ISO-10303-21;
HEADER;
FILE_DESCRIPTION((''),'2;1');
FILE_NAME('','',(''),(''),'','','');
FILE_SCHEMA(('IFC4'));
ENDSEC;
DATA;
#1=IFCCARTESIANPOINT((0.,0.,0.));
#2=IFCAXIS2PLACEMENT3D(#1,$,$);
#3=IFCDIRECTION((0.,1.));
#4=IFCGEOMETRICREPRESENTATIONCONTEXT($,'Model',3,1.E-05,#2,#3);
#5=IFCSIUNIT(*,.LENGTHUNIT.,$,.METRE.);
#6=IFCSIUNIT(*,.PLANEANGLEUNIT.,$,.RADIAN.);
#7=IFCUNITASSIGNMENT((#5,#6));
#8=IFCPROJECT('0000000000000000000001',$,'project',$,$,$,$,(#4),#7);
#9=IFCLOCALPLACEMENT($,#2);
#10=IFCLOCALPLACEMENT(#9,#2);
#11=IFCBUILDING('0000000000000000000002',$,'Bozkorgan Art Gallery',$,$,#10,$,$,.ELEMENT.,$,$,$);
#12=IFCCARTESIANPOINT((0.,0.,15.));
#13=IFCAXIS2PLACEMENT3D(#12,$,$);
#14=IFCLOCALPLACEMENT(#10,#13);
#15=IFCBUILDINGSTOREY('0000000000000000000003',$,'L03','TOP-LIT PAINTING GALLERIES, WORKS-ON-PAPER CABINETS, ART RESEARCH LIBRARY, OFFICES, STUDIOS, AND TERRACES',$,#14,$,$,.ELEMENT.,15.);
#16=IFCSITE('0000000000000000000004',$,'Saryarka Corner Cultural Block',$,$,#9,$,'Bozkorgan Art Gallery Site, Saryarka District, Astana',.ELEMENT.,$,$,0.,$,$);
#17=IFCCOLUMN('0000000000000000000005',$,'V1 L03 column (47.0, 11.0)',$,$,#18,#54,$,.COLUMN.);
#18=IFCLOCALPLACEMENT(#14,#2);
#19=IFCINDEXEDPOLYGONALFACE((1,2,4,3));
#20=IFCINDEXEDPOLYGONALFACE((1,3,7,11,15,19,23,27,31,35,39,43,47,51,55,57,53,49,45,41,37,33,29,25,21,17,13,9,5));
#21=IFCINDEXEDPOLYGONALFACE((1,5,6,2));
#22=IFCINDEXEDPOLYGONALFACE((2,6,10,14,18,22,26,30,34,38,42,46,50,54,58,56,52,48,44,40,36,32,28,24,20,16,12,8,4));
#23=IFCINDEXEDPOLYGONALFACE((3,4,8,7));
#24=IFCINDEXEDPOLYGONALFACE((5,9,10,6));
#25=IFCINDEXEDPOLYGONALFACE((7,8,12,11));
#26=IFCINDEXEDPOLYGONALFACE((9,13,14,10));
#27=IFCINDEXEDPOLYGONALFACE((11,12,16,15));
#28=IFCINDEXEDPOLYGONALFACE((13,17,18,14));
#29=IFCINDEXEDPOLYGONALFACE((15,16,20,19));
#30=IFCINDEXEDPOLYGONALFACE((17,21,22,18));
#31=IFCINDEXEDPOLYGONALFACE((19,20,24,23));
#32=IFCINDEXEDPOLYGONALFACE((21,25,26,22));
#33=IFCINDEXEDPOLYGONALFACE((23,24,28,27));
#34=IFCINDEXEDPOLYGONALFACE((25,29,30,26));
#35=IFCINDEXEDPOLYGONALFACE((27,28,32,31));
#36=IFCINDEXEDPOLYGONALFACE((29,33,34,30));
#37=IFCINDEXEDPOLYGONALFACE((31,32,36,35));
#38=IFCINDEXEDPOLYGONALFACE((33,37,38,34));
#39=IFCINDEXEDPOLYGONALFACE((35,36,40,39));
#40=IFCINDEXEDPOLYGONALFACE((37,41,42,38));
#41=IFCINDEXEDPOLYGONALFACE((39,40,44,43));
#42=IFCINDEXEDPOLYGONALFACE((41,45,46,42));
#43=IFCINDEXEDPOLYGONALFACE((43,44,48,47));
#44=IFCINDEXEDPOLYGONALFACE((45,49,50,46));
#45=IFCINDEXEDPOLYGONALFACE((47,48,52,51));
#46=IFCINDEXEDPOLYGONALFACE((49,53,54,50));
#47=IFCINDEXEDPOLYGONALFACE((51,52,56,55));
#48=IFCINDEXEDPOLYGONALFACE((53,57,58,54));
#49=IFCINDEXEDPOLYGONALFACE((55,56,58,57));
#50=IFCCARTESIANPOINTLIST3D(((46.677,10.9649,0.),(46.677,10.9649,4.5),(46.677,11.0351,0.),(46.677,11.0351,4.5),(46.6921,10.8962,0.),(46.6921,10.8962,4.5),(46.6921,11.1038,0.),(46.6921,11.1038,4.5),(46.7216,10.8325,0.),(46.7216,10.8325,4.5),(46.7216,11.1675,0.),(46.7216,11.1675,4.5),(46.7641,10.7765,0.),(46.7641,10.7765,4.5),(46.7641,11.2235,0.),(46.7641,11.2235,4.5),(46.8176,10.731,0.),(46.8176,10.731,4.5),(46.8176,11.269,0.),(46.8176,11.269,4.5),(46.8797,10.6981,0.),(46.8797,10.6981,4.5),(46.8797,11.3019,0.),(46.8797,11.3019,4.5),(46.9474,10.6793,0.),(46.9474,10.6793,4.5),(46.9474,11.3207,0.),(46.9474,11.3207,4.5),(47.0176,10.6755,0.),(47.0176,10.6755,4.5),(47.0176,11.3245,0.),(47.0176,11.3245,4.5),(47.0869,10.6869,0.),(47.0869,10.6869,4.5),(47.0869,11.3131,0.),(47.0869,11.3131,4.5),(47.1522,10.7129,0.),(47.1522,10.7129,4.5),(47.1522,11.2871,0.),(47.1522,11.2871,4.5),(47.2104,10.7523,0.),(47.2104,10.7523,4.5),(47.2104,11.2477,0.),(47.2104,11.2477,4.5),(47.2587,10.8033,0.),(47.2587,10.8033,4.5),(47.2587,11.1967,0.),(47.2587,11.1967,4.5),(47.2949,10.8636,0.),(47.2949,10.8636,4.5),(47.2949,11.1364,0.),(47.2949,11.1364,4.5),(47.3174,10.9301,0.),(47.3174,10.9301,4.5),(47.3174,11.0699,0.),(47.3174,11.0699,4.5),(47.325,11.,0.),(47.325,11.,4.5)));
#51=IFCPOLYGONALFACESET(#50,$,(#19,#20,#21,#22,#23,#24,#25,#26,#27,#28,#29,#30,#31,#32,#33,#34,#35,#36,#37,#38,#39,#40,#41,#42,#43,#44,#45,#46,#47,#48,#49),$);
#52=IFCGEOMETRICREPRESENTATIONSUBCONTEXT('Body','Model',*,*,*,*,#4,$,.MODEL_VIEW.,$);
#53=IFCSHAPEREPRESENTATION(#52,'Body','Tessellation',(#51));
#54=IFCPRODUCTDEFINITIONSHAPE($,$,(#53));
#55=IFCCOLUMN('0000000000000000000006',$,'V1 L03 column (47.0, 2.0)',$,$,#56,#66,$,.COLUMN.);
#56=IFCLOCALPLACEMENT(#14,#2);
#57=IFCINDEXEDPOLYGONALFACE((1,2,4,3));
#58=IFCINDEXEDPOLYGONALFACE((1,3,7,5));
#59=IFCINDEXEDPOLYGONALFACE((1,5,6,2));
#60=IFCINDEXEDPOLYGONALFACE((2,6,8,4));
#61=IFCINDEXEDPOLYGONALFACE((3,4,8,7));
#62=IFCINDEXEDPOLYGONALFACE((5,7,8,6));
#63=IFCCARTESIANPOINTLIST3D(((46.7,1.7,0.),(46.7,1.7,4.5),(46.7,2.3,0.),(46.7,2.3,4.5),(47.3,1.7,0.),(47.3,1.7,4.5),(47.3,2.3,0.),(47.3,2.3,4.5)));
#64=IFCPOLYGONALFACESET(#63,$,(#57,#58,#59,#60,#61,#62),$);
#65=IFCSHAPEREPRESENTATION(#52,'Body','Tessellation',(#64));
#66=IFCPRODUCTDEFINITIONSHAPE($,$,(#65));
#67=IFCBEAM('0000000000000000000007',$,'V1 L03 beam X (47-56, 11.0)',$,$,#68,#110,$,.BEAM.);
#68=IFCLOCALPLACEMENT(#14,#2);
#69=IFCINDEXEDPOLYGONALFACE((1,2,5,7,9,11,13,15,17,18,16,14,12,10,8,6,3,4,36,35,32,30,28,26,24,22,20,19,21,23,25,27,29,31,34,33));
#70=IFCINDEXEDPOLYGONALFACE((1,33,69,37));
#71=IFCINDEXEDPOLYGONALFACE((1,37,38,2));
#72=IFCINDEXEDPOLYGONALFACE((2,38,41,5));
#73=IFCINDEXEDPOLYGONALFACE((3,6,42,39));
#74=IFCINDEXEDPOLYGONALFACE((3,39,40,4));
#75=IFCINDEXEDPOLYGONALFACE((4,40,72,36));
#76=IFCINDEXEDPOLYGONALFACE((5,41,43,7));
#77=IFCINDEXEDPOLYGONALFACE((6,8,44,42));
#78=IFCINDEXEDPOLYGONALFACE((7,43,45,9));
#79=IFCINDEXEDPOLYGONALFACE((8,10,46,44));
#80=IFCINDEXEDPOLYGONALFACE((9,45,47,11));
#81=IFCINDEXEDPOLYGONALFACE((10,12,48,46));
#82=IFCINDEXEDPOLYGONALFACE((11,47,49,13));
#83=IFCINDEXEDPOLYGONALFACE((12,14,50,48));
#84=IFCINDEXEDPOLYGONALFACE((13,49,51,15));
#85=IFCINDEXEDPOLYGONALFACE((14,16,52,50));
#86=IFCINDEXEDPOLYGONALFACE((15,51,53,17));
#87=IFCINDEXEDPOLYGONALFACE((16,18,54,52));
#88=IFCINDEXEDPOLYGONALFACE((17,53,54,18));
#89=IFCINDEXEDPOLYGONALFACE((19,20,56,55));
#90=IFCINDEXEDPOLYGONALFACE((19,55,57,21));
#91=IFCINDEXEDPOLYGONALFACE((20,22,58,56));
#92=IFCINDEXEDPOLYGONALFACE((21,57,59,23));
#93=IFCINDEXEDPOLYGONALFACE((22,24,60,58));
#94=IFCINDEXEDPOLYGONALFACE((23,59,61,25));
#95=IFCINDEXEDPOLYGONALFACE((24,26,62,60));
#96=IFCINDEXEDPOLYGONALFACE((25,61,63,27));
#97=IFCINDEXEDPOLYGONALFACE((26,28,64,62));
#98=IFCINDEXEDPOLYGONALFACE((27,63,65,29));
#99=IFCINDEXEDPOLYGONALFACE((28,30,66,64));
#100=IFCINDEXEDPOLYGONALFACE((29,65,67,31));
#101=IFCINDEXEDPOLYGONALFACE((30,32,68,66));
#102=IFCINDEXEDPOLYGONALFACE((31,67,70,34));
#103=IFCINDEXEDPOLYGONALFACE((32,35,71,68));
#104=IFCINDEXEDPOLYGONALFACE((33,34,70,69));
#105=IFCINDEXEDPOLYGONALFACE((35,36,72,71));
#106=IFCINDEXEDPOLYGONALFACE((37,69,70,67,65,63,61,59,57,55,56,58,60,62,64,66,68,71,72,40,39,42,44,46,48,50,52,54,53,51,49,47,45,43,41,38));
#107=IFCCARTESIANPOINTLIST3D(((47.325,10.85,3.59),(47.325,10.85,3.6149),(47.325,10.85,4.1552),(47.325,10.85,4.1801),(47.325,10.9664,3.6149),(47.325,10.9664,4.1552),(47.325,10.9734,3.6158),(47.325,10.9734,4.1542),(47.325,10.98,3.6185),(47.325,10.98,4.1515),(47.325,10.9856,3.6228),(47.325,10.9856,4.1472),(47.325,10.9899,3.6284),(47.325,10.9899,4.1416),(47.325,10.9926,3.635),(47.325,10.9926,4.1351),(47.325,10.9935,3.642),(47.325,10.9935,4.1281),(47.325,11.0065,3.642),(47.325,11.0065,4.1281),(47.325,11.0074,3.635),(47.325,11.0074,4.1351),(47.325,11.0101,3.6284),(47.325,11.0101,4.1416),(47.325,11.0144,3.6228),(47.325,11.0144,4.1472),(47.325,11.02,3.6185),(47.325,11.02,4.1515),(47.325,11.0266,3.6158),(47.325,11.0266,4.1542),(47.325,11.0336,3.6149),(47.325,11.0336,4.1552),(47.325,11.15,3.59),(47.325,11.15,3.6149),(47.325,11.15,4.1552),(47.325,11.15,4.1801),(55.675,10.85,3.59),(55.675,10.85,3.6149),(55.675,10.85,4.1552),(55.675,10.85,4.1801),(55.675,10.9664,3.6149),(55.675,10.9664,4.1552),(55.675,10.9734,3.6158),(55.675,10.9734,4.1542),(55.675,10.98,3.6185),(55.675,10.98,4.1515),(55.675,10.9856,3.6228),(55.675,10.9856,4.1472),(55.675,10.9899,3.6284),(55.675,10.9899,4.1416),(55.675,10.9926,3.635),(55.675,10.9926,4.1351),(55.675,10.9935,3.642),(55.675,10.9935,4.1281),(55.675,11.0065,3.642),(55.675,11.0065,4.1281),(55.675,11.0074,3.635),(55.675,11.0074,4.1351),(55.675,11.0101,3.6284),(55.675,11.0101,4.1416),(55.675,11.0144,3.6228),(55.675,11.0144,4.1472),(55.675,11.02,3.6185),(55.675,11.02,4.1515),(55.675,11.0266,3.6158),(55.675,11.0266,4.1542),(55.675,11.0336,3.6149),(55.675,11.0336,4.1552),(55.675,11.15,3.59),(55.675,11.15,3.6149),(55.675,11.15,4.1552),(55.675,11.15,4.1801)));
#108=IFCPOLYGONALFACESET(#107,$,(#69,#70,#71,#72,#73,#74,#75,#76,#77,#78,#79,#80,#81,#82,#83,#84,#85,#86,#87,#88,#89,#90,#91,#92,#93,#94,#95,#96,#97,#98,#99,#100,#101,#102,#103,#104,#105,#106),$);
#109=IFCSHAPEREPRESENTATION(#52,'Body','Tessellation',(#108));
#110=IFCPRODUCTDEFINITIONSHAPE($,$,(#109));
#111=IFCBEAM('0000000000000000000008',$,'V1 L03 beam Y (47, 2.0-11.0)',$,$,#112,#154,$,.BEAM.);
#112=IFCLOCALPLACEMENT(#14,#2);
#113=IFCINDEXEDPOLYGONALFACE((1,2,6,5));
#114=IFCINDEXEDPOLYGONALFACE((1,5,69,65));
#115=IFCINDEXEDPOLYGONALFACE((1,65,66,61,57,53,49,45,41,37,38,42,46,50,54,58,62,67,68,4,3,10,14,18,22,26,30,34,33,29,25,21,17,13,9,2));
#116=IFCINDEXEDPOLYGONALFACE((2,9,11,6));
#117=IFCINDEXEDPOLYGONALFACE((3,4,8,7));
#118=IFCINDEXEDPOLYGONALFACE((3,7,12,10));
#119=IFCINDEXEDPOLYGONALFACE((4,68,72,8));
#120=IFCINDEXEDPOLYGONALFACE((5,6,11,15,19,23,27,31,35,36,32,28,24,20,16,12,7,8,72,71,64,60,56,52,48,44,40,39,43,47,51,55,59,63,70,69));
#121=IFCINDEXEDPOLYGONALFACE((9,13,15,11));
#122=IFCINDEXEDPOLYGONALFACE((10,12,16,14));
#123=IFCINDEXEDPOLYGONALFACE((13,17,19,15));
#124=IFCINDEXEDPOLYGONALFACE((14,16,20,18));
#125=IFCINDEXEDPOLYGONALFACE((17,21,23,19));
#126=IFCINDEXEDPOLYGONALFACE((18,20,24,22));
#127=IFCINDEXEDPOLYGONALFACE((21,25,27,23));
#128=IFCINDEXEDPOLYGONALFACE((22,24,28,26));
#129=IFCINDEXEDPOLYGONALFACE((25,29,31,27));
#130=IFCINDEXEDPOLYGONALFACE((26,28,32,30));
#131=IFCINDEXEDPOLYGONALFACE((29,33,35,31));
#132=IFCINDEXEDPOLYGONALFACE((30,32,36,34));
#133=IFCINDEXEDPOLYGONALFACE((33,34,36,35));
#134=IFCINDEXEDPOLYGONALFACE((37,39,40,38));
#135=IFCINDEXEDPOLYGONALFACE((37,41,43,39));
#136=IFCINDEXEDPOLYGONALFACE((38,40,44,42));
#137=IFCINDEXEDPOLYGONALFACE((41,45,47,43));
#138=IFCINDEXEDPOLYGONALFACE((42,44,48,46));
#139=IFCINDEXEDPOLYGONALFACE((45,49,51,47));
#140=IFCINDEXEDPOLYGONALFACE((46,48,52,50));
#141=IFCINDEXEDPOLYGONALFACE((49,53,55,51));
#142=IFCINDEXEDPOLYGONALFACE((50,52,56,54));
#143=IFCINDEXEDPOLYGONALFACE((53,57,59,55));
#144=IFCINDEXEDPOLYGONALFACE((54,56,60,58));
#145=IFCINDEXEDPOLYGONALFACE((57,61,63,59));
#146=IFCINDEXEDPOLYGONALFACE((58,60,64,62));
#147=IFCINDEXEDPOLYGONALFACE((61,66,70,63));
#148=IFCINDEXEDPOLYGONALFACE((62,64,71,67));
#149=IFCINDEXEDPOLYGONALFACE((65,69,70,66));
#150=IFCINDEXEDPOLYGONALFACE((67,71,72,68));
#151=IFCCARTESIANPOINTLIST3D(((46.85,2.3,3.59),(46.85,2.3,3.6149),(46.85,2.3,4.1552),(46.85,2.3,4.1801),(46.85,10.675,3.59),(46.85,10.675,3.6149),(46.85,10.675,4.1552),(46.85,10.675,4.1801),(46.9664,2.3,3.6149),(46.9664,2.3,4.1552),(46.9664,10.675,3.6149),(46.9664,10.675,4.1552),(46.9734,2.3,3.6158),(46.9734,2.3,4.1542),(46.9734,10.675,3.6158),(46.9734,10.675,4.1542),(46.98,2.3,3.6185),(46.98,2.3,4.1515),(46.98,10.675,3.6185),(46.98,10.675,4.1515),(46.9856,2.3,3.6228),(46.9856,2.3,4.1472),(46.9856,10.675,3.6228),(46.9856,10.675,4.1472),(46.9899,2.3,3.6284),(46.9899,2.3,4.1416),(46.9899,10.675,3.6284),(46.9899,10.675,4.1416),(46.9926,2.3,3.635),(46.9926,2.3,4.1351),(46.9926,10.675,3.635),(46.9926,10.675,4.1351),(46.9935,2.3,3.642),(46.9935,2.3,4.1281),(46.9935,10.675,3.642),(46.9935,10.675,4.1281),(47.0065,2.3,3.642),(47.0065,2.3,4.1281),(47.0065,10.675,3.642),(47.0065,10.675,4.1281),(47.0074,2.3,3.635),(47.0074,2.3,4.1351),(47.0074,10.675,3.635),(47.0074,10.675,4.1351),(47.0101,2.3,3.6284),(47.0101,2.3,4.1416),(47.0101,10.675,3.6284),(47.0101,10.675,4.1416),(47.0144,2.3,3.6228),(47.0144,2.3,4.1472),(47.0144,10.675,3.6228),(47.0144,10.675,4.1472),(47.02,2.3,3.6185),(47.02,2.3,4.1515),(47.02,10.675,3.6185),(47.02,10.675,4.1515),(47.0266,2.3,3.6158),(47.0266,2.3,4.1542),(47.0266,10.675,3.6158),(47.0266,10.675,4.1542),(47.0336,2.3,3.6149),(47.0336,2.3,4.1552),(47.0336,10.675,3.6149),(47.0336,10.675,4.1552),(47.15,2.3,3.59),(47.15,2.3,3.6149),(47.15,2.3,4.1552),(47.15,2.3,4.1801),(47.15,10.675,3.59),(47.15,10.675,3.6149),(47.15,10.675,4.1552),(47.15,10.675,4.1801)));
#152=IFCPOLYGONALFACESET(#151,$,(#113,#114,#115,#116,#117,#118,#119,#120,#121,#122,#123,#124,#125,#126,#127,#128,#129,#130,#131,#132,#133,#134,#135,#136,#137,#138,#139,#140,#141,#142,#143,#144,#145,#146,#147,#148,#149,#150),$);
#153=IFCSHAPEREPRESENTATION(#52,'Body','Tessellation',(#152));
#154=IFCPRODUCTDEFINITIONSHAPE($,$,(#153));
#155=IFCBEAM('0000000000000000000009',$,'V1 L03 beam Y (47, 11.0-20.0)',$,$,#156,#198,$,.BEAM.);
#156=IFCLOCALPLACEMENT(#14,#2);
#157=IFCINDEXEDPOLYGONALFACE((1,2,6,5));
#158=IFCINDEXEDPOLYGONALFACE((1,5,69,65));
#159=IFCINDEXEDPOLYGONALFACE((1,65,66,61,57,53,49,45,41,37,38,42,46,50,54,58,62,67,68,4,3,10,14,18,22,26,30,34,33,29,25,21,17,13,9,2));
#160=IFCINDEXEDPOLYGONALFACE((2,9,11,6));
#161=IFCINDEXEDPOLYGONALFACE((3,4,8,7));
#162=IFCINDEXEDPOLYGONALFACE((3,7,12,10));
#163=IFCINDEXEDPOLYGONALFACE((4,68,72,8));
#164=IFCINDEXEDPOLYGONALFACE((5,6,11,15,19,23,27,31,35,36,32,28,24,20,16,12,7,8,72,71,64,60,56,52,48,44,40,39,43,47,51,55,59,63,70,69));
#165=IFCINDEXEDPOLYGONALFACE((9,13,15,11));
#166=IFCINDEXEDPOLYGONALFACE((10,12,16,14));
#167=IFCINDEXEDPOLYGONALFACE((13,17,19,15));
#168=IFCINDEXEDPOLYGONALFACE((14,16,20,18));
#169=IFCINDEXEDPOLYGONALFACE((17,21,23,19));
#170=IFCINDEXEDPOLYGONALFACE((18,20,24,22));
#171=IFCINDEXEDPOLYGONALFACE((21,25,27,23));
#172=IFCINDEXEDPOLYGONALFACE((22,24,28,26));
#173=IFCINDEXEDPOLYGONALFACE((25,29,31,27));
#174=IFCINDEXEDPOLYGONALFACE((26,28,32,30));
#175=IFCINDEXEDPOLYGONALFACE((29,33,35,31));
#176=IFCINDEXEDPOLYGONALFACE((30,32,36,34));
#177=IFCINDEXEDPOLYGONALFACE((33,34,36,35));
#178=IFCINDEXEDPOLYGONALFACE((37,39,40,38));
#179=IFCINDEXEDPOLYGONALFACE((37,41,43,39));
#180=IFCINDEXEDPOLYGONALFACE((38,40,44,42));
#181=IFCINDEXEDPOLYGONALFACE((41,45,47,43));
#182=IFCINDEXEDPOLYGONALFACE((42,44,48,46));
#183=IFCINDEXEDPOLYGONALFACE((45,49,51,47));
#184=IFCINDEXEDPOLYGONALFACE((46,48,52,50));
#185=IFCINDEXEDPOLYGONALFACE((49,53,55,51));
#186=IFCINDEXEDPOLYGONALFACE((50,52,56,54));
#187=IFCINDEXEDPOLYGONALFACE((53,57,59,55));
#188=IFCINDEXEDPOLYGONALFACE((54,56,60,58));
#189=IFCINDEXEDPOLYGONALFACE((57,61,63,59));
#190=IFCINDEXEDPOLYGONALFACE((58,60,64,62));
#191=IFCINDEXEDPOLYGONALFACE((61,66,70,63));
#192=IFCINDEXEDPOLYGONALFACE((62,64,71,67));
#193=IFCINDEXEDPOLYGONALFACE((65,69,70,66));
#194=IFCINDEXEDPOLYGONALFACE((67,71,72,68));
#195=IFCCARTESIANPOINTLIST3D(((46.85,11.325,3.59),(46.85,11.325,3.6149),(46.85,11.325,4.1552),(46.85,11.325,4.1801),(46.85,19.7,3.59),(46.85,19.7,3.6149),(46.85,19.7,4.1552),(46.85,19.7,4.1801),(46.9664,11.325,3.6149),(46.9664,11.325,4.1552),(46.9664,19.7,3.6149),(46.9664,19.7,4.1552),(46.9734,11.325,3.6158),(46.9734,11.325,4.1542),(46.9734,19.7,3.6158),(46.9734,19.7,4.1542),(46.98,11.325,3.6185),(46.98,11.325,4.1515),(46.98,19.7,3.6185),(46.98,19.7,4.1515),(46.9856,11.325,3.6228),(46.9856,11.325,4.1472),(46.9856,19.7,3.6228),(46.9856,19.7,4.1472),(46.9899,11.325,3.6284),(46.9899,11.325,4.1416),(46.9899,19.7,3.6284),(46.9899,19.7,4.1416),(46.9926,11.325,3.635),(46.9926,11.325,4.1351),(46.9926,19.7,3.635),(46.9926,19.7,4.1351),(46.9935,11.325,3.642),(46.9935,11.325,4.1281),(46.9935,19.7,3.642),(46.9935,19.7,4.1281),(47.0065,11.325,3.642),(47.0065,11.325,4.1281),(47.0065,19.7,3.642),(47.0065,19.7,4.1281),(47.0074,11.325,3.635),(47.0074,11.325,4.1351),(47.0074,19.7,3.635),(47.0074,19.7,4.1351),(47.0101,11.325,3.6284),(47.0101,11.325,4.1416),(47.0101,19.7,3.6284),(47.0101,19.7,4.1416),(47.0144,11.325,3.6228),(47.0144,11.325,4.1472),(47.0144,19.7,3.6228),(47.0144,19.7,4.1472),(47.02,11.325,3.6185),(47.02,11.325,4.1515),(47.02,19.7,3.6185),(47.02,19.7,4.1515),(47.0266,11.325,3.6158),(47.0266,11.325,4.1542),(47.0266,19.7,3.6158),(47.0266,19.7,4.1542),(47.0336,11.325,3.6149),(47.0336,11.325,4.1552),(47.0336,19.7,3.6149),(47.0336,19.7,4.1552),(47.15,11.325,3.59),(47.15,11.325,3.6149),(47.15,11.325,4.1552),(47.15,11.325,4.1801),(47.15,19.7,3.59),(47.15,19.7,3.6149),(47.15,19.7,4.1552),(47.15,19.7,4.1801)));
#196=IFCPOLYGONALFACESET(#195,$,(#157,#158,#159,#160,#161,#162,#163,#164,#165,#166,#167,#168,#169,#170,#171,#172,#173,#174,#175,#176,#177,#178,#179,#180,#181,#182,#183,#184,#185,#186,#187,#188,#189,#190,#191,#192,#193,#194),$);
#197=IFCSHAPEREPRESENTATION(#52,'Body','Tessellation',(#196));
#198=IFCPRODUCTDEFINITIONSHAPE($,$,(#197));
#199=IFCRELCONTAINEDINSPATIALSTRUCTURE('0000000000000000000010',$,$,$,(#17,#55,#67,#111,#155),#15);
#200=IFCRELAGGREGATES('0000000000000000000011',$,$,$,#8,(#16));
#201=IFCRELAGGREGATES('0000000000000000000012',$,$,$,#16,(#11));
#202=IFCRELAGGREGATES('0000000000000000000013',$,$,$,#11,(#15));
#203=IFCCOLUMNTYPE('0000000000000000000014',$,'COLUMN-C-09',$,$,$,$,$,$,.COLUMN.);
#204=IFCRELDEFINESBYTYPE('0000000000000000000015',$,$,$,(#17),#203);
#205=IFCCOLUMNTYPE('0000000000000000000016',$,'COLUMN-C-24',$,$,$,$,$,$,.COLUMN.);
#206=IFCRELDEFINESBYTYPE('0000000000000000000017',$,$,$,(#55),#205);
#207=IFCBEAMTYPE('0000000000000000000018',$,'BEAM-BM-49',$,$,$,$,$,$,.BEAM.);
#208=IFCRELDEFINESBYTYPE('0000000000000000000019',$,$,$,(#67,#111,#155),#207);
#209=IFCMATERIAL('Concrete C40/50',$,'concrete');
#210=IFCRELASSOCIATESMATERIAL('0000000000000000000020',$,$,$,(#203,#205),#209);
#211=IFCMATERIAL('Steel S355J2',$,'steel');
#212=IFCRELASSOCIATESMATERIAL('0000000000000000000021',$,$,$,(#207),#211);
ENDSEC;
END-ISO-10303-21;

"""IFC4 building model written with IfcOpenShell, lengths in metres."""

from ifc_helpers import new_model, si_unit, direction, frame, origin, origin_2d, place, context, subcontext, project, spatial, rectangle, circle, i_section, extrude, material, material_profile, profile_set, type_object, element, save


model = new_model("IFC4")

# Units and contexts
model_context = context("Model", 3, precision=1e-05, world=origin(), true_north=direction((0.0, 1.0)))
body_context = subcontext(model_context, "Body", "Model", "MODEL_VIEW")
ifc_project = project(units=[si_unit("LENGTHUNIT", "METRE"), si_unit("PLANEANGLEUNIT", "RADIAN")], contexts=[model_context])

# Site, building, storey
site_placement = place(None, origin())
site = spatial("IfcSite", under=ifc_project, at=site_placement, Name="Saryarka Corner Cultural Block", LongName="Bozkorgan Art Gallery Site, Saryarka District, Astana", CompositionType="ELEMENT", RefElevation=0.0)
building_placement = place(site_placement, origin())
building = spatial("IfcBuilding", under=site, at=building_placement, Name="Bozkorgan Art Gallery", CompositionType="ELEMENT")
storey_placement = place(building_placement, frame((0.0, 0.0, 15.0)))
storey = spatial("IfcBuildingStorey", under=building, at=storey_placement, Name="L03", Description="TOP-LIT PAINTING GALLERIES, WORKS-ON-PAPER CABINETS, ART RESEARCH LIBRARY, OFFICES, STUDIOS, AND TERRACES", CompositionType="ELEMENT", Elevation=15.0)

# Columns
ifc_material_1 = material(Name="Concrete C40/50", Category="concrete")
ifc_material_profile_1 = material_profile(ifc_material_1, circle(Radius=0.325, at=origin_2d()), Name="RC D650")
ifc_profile_set_1 = profile_set([ifc_material_profile_1], Name="Concrete C40/50")
column_type_1 = type_object("IfcColumnType", Name="COLUMN-C-09", PredefinedType="COLUMN", material=ifc_profile_set_1)
column_1_placement = place(storey_placement, frame((47.0, 11.0, 0.0), z_axis=(0.0, 0.0, 1.0), x_axis=(1.0, 0.0, 0.0)))
element("IfcColumn", 1, at=column_1_placement, inside=storey, type_object=column_type_1, Name="V1 L03 column (47.0, 11.0)", PredefinedType="COLUMN", context=body_context, shape_type="SweptSolid", body=[
    extrude(circle(Radius=0.325, at=origin_2d()), origin(), (0.0, 0.0, 1.0), 4.5),
])
ifc_material_profile_2 = material_profile(ifc_material_1, rectangle(XDim=0.6001, YDim=0.6001, at=origin_2d()), Name="RC 600x600")
ifc_profile_set_2 = profile_set([ifc_material_profile_2], Name="Concrete C40/50")
column_type_2 = type_object("IfcColumnType", Name="COLUMN-C-24", PredefinedType="COLUMN", material=ifc_profile_set_2)
column_2_placement = place(storey_placement, frame((47.0, 2.0, 0.0), z_axis=(0.0, 0.0, 1.0), x_axis=(1.0, 0.0, 0.0)))
element("IfcColumn", 2, at=column_2_placement, inside=storey, type_object=column_type_2, Name="V1 L03 column (47.0, 2.0)", PredefinedType="COLUMN", context=body_context, shape_type="SweptSolid", body=[
    extrude(rectangle(XDim=0.6001, YDim=0.6001, at=origin_2d()), origin(), (0.0, 0.0, 1.0), 4.5),
])

# Beams
ifc_material_2 = material(Name="Steel S355J2", Category="steel")
ifc_material_profile_3 = material_profile(ifc_material_2, i_section(OverallWidth=0.3, OverallDepth=0.5901, WebThickness=0.0129, FlangeThickness=0.0249, FilletRadius=0.0271, at=origin_2d()), Name="HEA 600")
ifc_profile_set_3 = profile_set([ifc_material_profile_3], Name="Steel S355J2")
beam_type_1 = type_object("IfcBeamType", Name="BEAM-BM-49", PredefinedType="BEAM", material=ifc_profile_set_3)
beam_1_placement = place(storey_placement, frame((47.325, 11.0, 3.885), z_axis=(1.0, 0.0, 0.0), x_axis=(0.0, 1.0, 0.0)))
element("IfcBeam", 3, at=beam_1_placement, inside=storey, type_object=beam_type_1, Name="V1 L03 beam X (47-56, 11.0)", PredefinedType="BEAM", context=body_context, shape_type="SweptSolid", body=[
    extrude(i_section(OverallWidth=0.3, OverallDepth=0.5901, WebThickness=0.0129, FlangeThickness=0.0249, FilletRadius=0.0271, at=origin_2d()), origin(), (0.0, 0.0, 1.0), 8.3501),
])
for number, where, z_axis, x_axis, name in (
    (4, (47.0, 2.3, 3.885), (0.0, 1.0, 0.0), (-1.0, 0.0, 0.0), "V1 L03 beam Y (47, 2.0-11.0)"),
    (5, (47.0, 11.325, 3.885), (0.0, 1.0, 0.0), (-1.0, 0.0, 0.0), "V1 L03 beam Y (47, 11.0-20.0)"),
):
    element("IfcBeam", number, at=place(storey_placement, frame(where, z_axis=z_axis, x_axis=x_axis)), inside=storey, type_object=beam_type_1, Name=name, PredefinedType="BEAM", context=body_context, shape_type="SweptSolid", body=[
        extrude(i_section(OverallWidth=0.3, OverallDepth=0.5901, WebThickness=0.0129, FlangeThickness=0.0249, FilletRadius=0.0271, at=origin_2d()), origin(), (0.0, 0.0, 1.0), 8.375),
    ])

save(model, "model.ifc")
